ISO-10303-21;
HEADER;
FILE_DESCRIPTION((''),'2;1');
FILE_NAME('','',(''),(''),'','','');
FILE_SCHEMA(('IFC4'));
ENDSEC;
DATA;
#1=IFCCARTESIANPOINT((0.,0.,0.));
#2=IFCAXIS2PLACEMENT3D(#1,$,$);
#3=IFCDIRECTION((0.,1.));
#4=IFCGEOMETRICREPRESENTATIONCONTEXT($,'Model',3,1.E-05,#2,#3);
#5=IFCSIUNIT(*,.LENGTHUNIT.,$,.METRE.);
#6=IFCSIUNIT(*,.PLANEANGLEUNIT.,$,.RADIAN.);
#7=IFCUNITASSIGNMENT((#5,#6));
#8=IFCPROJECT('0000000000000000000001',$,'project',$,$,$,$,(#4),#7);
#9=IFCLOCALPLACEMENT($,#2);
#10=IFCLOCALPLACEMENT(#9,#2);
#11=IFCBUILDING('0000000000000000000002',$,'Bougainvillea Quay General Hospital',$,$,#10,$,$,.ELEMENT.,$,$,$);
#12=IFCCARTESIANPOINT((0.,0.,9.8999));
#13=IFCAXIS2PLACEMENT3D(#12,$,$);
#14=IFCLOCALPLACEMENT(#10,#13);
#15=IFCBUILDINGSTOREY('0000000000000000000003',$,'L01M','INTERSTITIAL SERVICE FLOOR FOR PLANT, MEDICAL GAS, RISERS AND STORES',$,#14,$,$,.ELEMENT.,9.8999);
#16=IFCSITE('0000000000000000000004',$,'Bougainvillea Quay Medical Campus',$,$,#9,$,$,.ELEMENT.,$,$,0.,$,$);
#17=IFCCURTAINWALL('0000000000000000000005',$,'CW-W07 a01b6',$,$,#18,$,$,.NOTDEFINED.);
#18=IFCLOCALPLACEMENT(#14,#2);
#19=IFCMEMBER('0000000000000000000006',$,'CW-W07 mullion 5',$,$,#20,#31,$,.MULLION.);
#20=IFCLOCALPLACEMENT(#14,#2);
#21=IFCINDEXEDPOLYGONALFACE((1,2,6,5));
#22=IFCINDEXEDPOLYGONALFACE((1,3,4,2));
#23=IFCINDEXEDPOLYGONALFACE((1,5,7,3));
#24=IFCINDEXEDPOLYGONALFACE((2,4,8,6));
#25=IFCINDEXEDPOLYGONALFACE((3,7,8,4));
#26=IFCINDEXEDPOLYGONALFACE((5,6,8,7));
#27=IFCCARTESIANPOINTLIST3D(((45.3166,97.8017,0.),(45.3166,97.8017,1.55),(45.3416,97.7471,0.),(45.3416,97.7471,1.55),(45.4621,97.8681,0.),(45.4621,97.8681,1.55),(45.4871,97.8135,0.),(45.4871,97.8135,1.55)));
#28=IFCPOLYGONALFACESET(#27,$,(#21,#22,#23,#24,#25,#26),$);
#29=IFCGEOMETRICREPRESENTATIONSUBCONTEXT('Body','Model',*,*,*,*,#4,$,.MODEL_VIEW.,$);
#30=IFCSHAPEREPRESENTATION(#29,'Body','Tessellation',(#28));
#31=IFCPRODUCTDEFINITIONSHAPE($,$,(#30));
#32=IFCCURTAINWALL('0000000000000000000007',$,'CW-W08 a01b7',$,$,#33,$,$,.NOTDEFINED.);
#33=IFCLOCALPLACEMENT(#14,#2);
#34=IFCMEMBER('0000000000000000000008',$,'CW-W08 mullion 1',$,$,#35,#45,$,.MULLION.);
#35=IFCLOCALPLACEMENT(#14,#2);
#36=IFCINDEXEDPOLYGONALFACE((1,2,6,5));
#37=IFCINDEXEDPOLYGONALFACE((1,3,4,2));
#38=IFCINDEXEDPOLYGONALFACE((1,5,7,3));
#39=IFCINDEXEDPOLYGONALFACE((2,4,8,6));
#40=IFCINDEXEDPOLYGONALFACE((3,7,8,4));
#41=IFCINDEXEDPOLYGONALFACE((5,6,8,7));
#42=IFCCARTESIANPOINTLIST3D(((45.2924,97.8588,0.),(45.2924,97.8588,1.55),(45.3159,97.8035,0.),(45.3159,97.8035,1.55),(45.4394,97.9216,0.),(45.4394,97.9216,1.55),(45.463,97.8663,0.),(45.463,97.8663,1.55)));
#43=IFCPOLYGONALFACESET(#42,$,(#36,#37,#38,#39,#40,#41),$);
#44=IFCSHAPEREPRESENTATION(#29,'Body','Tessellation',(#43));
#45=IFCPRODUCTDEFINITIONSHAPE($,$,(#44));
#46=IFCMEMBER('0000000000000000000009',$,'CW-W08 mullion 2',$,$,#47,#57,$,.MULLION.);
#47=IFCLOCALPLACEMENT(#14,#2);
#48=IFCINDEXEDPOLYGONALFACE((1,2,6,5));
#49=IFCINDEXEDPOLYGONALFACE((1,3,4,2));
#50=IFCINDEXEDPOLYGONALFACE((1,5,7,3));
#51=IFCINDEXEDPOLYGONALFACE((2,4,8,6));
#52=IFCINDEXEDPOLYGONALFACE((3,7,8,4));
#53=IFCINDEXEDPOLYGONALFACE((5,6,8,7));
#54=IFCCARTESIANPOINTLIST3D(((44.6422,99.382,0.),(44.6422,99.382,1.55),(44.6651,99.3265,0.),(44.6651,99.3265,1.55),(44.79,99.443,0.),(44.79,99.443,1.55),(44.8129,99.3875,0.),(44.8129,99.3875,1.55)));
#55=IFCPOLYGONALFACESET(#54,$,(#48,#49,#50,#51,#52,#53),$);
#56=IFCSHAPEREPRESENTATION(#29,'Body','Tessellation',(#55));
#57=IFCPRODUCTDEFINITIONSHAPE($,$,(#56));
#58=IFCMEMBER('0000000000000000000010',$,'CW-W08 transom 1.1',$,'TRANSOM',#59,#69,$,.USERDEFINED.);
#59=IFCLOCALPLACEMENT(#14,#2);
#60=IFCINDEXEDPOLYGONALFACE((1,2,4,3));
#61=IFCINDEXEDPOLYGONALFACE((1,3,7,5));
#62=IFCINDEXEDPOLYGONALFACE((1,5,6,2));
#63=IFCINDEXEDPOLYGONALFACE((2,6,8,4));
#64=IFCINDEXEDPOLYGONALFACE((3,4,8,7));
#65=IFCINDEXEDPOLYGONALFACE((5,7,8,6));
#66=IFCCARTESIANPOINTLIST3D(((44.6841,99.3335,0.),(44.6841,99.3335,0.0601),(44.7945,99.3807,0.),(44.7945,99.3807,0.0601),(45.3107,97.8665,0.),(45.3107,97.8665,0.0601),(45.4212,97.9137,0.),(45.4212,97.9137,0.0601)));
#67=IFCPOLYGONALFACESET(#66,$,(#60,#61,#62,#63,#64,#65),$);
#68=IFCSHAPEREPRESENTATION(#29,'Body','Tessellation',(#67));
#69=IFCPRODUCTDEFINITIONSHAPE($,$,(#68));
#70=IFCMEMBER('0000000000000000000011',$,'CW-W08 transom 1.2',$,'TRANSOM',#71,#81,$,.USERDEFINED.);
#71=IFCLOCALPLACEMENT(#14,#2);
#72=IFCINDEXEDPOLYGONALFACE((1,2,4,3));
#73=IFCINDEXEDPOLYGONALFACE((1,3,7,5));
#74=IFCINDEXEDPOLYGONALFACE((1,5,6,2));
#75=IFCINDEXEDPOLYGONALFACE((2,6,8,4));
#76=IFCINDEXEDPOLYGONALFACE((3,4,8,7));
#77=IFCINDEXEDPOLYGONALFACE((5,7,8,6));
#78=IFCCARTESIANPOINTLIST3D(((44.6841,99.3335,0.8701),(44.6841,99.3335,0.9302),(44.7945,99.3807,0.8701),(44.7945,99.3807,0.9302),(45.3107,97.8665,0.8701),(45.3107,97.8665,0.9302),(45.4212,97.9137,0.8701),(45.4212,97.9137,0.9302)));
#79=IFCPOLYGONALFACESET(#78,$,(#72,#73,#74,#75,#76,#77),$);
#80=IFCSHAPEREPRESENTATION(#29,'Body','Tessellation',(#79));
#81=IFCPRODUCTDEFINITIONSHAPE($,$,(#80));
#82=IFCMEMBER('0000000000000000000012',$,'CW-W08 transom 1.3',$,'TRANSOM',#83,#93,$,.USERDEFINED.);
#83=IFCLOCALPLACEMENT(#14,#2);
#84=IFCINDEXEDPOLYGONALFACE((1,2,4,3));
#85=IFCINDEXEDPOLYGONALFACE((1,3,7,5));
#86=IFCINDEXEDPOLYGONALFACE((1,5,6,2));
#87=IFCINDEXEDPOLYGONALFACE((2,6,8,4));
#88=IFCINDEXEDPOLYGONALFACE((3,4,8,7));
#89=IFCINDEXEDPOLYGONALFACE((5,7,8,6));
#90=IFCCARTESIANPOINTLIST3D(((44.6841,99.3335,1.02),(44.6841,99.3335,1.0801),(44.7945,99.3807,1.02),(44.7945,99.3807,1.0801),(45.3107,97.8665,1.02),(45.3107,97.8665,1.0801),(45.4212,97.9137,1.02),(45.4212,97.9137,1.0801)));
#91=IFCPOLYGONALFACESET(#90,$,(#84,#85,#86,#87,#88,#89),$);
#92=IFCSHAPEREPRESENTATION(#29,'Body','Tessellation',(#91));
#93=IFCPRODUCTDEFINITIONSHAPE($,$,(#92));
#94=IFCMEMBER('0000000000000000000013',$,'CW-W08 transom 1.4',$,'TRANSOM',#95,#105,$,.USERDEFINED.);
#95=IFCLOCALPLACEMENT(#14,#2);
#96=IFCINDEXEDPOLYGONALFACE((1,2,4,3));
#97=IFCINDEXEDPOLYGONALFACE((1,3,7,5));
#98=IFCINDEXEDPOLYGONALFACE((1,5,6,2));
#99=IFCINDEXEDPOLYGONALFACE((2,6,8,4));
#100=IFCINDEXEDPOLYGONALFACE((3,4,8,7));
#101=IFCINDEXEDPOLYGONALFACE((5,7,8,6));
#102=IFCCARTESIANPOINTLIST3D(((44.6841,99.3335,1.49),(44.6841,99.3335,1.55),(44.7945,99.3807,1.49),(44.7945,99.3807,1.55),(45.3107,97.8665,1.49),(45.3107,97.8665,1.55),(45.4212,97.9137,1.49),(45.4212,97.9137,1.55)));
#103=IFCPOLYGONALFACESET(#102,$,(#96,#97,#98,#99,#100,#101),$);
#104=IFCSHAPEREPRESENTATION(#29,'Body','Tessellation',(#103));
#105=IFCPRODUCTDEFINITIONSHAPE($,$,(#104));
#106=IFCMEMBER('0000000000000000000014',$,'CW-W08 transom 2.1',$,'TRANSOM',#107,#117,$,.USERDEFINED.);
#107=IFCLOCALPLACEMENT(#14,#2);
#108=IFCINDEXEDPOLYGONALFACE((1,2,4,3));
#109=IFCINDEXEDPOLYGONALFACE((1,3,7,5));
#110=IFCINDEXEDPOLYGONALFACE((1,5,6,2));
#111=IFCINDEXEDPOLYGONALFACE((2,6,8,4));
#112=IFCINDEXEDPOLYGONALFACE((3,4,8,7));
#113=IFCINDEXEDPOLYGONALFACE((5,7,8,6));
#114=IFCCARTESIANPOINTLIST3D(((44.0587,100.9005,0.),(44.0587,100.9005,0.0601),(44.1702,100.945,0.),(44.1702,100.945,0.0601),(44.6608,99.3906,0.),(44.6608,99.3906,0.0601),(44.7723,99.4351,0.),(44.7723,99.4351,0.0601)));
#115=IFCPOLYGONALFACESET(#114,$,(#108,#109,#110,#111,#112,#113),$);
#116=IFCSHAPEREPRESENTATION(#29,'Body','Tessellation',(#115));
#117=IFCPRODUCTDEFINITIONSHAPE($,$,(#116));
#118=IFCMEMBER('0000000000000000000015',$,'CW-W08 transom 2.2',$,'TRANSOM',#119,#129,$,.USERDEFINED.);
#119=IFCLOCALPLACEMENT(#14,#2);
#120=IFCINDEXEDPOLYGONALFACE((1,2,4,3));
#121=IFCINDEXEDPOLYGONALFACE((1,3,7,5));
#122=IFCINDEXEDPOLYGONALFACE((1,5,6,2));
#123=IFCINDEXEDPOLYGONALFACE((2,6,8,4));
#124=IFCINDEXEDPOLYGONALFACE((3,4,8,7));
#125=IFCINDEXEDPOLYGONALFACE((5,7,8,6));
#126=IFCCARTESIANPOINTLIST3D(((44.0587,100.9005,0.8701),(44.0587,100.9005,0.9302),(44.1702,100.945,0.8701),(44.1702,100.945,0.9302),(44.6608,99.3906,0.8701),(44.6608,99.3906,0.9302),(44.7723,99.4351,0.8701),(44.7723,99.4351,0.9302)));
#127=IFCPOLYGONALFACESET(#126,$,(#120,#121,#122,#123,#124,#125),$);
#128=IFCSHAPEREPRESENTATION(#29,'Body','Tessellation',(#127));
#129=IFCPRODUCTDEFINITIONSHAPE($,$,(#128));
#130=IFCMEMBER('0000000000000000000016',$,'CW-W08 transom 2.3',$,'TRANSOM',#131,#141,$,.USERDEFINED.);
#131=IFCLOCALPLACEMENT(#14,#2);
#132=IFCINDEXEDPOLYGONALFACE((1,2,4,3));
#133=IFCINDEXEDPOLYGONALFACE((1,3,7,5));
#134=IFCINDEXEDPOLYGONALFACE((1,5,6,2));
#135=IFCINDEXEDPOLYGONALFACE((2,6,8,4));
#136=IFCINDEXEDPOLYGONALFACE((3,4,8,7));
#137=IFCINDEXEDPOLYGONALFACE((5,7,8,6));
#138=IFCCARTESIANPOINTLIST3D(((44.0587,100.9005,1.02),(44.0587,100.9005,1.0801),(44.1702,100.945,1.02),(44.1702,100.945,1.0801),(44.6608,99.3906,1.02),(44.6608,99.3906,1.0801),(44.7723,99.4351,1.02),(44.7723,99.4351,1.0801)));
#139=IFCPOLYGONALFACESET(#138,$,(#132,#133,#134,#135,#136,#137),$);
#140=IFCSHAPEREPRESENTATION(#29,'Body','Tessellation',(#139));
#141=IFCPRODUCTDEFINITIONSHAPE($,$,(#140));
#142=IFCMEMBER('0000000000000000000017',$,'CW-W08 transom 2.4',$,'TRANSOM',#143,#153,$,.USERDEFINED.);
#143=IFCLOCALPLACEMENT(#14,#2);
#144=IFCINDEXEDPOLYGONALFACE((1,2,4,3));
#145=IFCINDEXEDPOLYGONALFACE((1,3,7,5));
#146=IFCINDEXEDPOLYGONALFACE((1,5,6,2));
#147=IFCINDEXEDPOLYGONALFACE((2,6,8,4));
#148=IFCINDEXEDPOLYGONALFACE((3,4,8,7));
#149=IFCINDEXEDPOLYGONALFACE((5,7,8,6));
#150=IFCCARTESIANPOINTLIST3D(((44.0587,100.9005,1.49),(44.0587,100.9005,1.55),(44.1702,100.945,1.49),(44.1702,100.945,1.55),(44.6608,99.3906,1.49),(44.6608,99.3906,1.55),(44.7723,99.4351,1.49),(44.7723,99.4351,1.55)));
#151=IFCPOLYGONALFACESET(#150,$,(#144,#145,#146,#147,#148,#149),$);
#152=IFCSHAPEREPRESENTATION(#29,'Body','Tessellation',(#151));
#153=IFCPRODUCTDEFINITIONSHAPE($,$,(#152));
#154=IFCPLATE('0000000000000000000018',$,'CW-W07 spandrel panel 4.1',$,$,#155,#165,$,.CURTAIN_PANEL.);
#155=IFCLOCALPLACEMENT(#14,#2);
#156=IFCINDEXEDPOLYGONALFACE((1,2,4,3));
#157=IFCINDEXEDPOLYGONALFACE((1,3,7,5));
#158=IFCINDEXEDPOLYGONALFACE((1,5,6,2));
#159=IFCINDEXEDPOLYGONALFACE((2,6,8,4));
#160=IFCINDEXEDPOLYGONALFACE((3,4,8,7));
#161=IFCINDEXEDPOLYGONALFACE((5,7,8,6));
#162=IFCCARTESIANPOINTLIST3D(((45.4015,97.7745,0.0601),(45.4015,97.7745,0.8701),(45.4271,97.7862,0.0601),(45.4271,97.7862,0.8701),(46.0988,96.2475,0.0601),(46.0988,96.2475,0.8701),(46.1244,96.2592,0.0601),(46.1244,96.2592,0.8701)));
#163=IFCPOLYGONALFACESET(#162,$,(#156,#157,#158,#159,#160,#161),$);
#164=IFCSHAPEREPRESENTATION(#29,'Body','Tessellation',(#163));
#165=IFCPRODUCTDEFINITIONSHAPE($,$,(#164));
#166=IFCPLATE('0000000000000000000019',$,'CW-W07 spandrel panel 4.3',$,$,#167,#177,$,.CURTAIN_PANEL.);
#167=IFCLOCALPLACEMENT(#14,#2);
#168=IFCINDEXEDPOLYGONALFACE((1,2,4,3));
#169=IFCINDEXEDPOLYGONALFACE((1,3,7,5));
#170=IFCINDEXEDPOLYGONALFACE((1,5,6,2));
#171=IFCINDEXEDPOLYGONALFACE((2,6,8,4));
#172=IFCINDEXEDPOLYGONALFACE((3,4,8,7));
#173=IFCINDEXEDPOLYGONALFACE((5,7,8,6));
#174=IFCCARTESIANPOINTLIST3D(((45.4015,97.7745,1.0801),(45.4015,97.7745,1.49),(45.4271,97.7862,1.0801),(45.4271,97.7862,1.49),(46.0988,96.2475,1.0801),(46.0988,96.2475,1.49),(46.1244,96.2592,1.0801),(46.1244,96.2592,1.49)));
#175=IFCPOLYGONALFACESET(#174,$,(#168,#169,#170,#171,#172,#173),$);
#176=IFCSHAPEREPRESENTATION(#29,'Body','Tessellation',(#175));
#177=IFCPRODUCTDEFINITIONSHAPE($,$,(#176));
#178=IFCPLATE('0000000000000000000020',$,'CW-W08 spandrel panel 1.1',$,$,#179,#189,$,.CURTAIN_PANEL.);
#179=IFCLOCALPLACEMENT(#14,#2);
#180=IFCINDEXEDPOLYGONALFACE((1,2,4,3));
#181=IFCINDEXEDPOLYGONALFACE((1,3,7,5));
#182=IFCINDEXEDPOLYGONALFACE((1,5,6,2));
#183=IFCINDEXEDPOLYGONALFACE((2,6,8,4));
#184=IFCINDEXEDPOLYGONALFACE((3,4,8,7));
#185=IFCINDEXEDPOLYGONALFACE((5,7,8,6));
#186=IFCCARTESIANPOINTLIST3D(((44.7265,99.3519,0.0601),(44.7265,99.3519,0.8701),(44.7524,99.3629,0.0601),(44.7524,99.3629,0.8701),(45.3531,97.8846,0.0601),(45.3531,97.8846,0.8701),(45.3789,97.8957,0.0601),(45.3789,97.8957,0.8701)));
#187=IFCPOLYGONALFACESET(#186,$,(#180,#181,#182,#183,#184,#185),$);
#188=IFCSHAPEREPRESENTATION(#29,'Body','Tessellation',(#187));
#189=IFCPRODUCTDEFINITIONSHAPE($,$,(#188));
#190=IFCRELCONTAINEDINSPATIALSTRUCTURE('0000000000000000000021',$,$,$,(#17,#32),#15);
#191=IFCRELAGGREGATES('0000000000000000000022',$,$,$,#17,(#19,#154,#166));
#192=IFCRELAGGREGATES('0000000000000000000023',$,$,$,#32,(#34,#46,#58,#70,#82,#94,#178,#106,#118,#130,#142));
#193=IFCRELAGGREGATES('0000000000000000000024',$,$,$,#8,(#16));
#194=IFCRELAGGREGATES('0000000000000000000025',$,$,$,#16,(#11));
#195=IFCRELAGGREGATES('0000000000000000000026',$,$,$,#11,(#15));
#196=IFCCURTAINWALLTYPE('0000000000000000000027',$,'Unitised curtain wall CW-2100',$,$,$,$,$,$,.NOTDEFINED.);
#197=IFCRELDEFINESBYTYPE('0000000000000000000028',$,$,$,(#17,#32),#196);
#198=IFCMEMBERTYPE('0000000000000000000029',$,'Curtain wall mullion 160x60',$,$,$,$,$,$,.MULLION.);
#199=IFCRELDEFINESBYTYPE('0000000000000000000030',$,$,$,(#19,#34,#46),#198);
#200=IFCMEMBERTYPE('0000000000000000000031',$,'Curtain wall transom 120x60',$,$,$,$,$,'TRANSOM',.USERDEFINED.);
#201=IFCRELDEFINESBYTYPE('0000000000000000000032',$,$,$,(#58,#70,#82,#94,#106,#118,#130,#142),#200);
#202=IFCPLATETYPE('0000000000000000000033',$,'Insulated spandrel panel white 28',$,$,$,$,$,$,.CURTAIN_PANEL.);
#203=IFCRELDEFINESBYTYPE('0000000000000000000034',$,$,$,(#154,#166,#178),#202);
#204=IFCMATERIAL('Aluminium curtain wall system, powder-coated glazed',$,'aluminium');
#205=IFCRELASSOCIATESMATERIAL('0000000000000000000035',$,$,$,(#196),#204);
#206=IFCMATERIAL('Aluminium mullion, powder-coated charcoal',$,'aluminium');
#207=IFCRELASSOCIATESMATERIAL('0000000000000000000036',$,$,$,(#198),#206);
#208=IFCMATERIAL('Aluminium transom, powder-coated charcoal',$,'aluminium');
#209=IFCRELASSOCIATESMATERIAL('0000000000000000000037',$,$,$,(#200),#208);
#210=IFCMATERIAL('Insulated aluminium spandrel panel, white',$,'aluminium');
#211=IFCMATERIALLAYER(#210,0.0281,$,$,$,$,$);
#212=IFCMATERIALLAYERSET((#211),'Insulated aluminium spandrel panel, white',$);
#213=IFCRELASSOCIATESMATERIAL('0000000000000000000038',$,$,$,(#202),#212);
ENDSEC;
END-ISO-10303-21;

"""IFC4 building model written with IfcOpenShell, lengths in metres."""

from ifc_helpers import new_model, si_unit, direction, frame, origin, origin_2d, place, context, subcontext, project, spatial, rectangle, extrude, material, layer, layer_set, material_profile, profile_set, type_object, element, aggregate, save


model = new_model("IFC4")

# Units and contexts
model_context = context("Model", 3, precision=1e-05, world=origin(), true_north=direction((0.0, 1.0)))
body_context = subcontext(model_context, "Body", "Model", "MODEL_VIEW")
ifc_project = project(units=[si_unit("LENGTHUNIT", "METRE"), si_unit("PLANEANGLEUNIT", "RADIAN")], contexts=[model_context])

# Site, building, storey
site_placement = place(None, origin())
site = spatial("IfcSite", under=ifc_project, at=site_placement, Name="Bougainvillea Quay Medical Campus", CompositionType="ELEMENT", RefElevation=0.0)
building_placement = place(site_placement, origin())
building = spatial("IfcBuilding", under=site, at=building_placement, Name="Bougainvillea Quay General Hospital", CompositionType="ELEMENT")
storey_placement = place(building_placement, frame((0.0, 0.0, 9.8999)))
storey = spatial("IfcBuildingStorey", under=building, at=storey_placement, Name="L01M", Description="INTERSTITIAL SERVICE FLOOR FOR PLANT, MEDICAL GAS, RISERS AND STORES", CompositionType="ELEMENT", Elevation=9.8999)

# Curtain wall, member
ifc_material_1 = material(Name="Aluminium curtain wall system, powder-coated glazed", Category="aluminium")
curtain_wall_type = type_object("IfcCurtainWallType", Name="Unitised curtain wall CW-2100", PredefinedType="NOTDEFINED", material=ifc_material_1)
curtain_wall_1_placement = place(storey_placement, origin())
curtain_wall_1 = element("IfcCurtainWall", 1, at=curtain_wall_1_placement, inside=storey, type_object=curtain_wall_type, Name="CW-W07 a01b6", PredefinedType="NOTDEFINED")
ifc_material_2 = material(Name="Aluminium mullion, powder-coated charcoal", Category="aluminium")
ifc_material_profile_1 = material_profile(ifc_material_2, rectangle(XDim=0.1599, YDim=0.0601, at=origin_2d()))
ifc_profile_set_1 = profile_set([ifc_material_profile_1], Name="Aluminium mullion, powder-coated charcoal")
member_type_1 = type_object("IfcMemberType", Name="Curtain wall mullion 160x60", PredefinedType="MULLION", material=ifc_profile_set_1)
member_1_placement = place(storey_placement, frame((45.4019, 97.8076, 0.0), z_axis=(0.0, 0.0, 1.0), x_axis=(-0.909653, -0.415368, 0.0)))
member_1 = element("IfcMember", 2, at=member_1_placement, type_object=member_type_1, Name="CW-W07 mullion 5", PredefinedType="MULLION", context=body_context, shape_type="SweptSolid", body=[
    extrude(rectangle(XDim=0.1599, YDim=0.0601, at=origin_2d()), origin(), (0.0, 0.0, 1.0), 1.55),
])

# Curtain wall, members
curtain_wall_2_placement = place(storey_placement, origin())
curtain_wall_2 = element("IfcCurtainWall", 3, at=curtain_wall_2_placement, inside=storey, type_object=curtain_wall_type, Name="CW-W08 a01b7", PredefinedType="NOTDEFINED")
member_2_placement = place(storey_placement, frame((45.3777, 97.8625, 0.0), z_axis=(0.0, 0.0, 1.0), x_axis=(-0.919659, -0.392719, 0.0)))
member_2 = element("IfcMember", 4, at=member_2_placement, type_object=member_type_1, Name="CW-W08 mullion 1", PredefinedType="MULLION", context=body_context, shape_type="SweptSolid", body=[
    extrude(rectangle(XDim=0.1599, YDim=0.0601, at=origin_2d()), origin(), (0.0, 0.0, 1.0), 1.55),
])
member_3_placement = place(storey_placement, frame((44.7275, 99.3848, 0.0), z_axis=(0.0, 0.0, 1.0), x_axis=(-0.924336, -0.381579, 0.0)))
member_3 = element("IfcMember", 5, at=member_3_placement, type_object=member_type_1, Name="CW-W08 mullion 2", PredefinedType="MULLION", context=body_context, shape_type="SweptSolid", body=[
    extrude(rectangle(XDim=0.1599, YDim=0.0601, at=origin_2d()), origin(), (0.0, 0.0, 1.0), 1.55),
])
ifc_material_3 = material(Name="Aluminium transom, powder-coated charcoal", Category="aluminium")
ifc_material_profile_2 = material_profile(ifc_material_3, rectangle(XDim=0.1201, YDim=0.0601, at=origin_2d()))
ifc_profile_set_2 = profile_set([ifc_material_profile_2], Name="Aluminium transom, powder-coated charcoal")
member_type_2 = type_object("IfcMemberType", Name="Curtain wall transom 120x60", ElementType="TRANSOM", PredefinedType="USERDEFINED", material=ifc_profile_set_2)
member_4_placement = place(storey_placement, frame((45.366, 97.8901, 0.03), z_axis=(-0.392848, 0.919604, 0.0), x_axis=(-0.919604, -0.392848, 0.0)))
member_4 = element("IfcMember", 6, at=member_4_placement, type_object=member_type_2, Name="CW-W08 transom 1.1", ObjectType="TRANSOM", PredefinedType="USERDEFINED", context=body_context, shape_type="SweptSolid", body=[
    extrude(rectangle(XDim=0.1201, YDim=0.0601, at=origin_2d()), origin(), (0.0, 0.0, 1.0), 1.5952),
])
member_5_placement = place(storey_placement, frame((45.366, 97.8901, 0.9001), z_axis=(-0.392848, 0.919604, 0.0), x_axis=(-0.919604, -0.392848, 0.0)))
member_5 = element("IfcMember", 7, at=member_5_placement, type_object=member_type_2, Name="CW-W08 transom 1.2", ObjectType="TRANSOM", PredefinedType="USERDEFINED", context=body_context, shape_type="SweptSolid", body=[
    extrude(rectangle(XDim=0.1201, YDim=0.0601, at=origin_2d()), origin(), (0.0, 0.0, 1.0), 1.5952),
])
member_6_placement = place(storey_placement, frame((45.366, 97.8901, 1.05), z_axis=(-0.392848, 0.919604, 0.0), x_axis=(-0.919604, -0.392848, 0.0)))
member_6 = element("IfcMember", 8, at=member_6_placement, type_object=member_type_2, Name="CW-W08 transom 1.3", ObjectType="TRANSOM", PredefinedType="USERDEFINED", context=body_context, shape_type="SweptSolid", body=[
    extrude(rectangle(XDim=0.1201, YDim=0.0601, at=origin_2d()), origin(), (0.0, 0.0, 1.0), 1.5952),
])
member_7_placement = place(storey_placement, frame((45.366, 97.8901, 1.52), z_axis=(-0.392848, 0.919604, 0.0), x_axis=(-0.919604, -0.392848, 0.0)))
member_7 = element("IfcMember", 9, at=member_7_placement, type_object=member_type_2, Name="CW-W08 transom 1.4", ObjectType="TRANSOM", PredefinedType="USERDEFINED", context=body_context, shape_type="SweptSolid", body=[
    extrude(rectangle(XDim=0.1201, YDim=0.0601, at=origin_2d()), origin(), (0.0, 0.0, 1.0), 1.5952),
])
member_8_placement = place(storey_placement, frame((44.7166, 99.4128, 0.03), z_axis=(-0.370406, 0.92887, 0.0), x_axis=(-0.92887, -0.370406, 0.0)))
member_8 = element("IfcMember", 10, at=member_8_placement, type_object=member_type_2, Name="CW-W08 transom 2.1", ObjectType="TRANSOM", PredefinedType="USERDEFINED", context=body_context, shape_type="SweptSolid", body=[
    extrude(rectangle(XDim=0.1201, YDim=0.0601, at=origin_2d()), origin(), (0.0, 0.0, 1.0), 1.6255),
])
member_9_placement = place(storey_placement, frame((44.7166, 99.4128, 0.9001), z_axis=(-0.370406, 0.92887, 0.0), x_axis=(-0.92887, -0.370406, 0.0)))
member_9 = element("IfcMember", 11, at=member_9_placement, type_object=member_type_2, Name="CW-W08 transom 2.2", ObjectType="TRANSOM", PredefinedType="USERDEFINED", context=body_context, shape_type="SweptSolid", body=[
    extrude(rectangle(XDim=0.1201, YDim=0.0601, at=origin_2d()), origin(), (0.0, 0.0, 1.0), 1.6255),
])
member_10_placement = place(storey_placement, frame((44.7166, 99.4128, 1.05), z_axis=(-0.370406, 0.92887, 0.0), x_axis=(-0.92887, -0.370406, 0.0)))
member_10 = element("IfcMember", 12, at=member_10_placement, type_object=member_type_2, Name="CW-W08 transom 2.3", ObjectType="TRANSOM", PredefinedType="USERDEFINED", context=body_context, shape_type="SweptSolid", body=[
    extrude(rectangle(XDim=0.1201, YDim=0.0601, at=origin_2d()), origin(), (0.0, 0.0, 1.0), 1.6255),
])
member_11_placement = place(storey_placement, frame((44.7166, 99.4128, 1.52), z_axis=(-0.370406, 0.92887, 0.0), x_axis=(-0.92887, -0.370406, 0.0)))
member_11 = element("IfcMember", 13, at=member_11_placement, type_object=member_type_2, Name="CW-W08 transom 2.4", ObjectType="TRANSOM", PredefinedType="USERDEFINED", context=body_context, shape_type="SweptSolid", body=[
    extrude(rectangle(XDim=0.1201, YDim=0.0601, at=origin_2d()), origin(), (0.0, 0.0, 1.0), 1.6255),
])

# Plates
ifc_material_4 = material(Name="Insulated aluminium spandrel panel, white", Category="aluminium")
ifc_layer_1 = layer(ifc_material_4, 0.0281)
ifc_layer_set_1 = layer_set([ifc_layer_1], Name="Insulated aluminium spandrel panel, white")
plate_type_1 = type_object("IfcPlateType", Name="Insulated spandrel panel white 28", PredefinedType="CURTAIN_PANEL", material=ifc_layer_set_1)
plate_1_placement = place(storey_placement, frame((45.7629, 97.0168, 0.0601), z_axis=(0.0, 0.0, 1.0), x_axis=(-0.415368, 0.909653, 0.0)))
plate_1 = element("IfcPlate", 14, at=plate_1_placement, type_object=plate_type_1, Name="CW-W07 spandrel panel 4.1", PredefinedType="CURTAIN_PANEL", context=body_context, shape_type="SweptSolid", body=[
    extrude(rectangle(XDim=1.6787, YDim=0.0281, at=origin_2d()), origin(), (0.0, 0.0, 1.0), 0.8101),
])
plate_2_placement = place(storey_placement, frame((45.7629, 97.0168, 1.0801), z_axis=(0.0, 0.0, 1.0), x_axis=(-0.415368, 0.909653, 0.0)))
plate_2 = element("IfcPlate", 15, at=plate_2_placement, type_object=plate_type_1, Name="CW-W07 spandrel panel 4.3", PredefinedType="CURTAIN_PANEL", context=body_context, shape_type="SweptSolid", body=[
    extrude(rectangle(XDim=1.6787, YDim=0.0281, at=origin_2d()), origin(), (0.0, 0.0, 1.0), 0.4099),
])
plate_3_placement = place(storey_placement, frame((45.0527, 98.6238, 0.0601), z_axis=(0.0, 0.0, 1.0), x_axis=(-0.392719, 0.919659, 0.0)))
plate_3 = element("IfcPlate", 16, at=plate_3_placement, type_object=plate_type_1, Name="CW-W08 spandrel panel 1.1", PredefinedType="CURTAIN_PANEL", context=body_context, shape_type="SweptSolid", body=[
    extrude(rectangle(XDim=1.5955, YDim=0.0281, at=origin_2d()), origin(), (0.0, 0.0, 1.0), 0.8101),
])
aggregate(curtain_wall_1, [member_1, plate_1, plate_2])
aggregate(curtain_wall_2, [member_2, member_3, member_4, member_5, member_6, member_7, plate_3, member_8, member_9, member_10, member_11])

save(model, "model.ifc")
